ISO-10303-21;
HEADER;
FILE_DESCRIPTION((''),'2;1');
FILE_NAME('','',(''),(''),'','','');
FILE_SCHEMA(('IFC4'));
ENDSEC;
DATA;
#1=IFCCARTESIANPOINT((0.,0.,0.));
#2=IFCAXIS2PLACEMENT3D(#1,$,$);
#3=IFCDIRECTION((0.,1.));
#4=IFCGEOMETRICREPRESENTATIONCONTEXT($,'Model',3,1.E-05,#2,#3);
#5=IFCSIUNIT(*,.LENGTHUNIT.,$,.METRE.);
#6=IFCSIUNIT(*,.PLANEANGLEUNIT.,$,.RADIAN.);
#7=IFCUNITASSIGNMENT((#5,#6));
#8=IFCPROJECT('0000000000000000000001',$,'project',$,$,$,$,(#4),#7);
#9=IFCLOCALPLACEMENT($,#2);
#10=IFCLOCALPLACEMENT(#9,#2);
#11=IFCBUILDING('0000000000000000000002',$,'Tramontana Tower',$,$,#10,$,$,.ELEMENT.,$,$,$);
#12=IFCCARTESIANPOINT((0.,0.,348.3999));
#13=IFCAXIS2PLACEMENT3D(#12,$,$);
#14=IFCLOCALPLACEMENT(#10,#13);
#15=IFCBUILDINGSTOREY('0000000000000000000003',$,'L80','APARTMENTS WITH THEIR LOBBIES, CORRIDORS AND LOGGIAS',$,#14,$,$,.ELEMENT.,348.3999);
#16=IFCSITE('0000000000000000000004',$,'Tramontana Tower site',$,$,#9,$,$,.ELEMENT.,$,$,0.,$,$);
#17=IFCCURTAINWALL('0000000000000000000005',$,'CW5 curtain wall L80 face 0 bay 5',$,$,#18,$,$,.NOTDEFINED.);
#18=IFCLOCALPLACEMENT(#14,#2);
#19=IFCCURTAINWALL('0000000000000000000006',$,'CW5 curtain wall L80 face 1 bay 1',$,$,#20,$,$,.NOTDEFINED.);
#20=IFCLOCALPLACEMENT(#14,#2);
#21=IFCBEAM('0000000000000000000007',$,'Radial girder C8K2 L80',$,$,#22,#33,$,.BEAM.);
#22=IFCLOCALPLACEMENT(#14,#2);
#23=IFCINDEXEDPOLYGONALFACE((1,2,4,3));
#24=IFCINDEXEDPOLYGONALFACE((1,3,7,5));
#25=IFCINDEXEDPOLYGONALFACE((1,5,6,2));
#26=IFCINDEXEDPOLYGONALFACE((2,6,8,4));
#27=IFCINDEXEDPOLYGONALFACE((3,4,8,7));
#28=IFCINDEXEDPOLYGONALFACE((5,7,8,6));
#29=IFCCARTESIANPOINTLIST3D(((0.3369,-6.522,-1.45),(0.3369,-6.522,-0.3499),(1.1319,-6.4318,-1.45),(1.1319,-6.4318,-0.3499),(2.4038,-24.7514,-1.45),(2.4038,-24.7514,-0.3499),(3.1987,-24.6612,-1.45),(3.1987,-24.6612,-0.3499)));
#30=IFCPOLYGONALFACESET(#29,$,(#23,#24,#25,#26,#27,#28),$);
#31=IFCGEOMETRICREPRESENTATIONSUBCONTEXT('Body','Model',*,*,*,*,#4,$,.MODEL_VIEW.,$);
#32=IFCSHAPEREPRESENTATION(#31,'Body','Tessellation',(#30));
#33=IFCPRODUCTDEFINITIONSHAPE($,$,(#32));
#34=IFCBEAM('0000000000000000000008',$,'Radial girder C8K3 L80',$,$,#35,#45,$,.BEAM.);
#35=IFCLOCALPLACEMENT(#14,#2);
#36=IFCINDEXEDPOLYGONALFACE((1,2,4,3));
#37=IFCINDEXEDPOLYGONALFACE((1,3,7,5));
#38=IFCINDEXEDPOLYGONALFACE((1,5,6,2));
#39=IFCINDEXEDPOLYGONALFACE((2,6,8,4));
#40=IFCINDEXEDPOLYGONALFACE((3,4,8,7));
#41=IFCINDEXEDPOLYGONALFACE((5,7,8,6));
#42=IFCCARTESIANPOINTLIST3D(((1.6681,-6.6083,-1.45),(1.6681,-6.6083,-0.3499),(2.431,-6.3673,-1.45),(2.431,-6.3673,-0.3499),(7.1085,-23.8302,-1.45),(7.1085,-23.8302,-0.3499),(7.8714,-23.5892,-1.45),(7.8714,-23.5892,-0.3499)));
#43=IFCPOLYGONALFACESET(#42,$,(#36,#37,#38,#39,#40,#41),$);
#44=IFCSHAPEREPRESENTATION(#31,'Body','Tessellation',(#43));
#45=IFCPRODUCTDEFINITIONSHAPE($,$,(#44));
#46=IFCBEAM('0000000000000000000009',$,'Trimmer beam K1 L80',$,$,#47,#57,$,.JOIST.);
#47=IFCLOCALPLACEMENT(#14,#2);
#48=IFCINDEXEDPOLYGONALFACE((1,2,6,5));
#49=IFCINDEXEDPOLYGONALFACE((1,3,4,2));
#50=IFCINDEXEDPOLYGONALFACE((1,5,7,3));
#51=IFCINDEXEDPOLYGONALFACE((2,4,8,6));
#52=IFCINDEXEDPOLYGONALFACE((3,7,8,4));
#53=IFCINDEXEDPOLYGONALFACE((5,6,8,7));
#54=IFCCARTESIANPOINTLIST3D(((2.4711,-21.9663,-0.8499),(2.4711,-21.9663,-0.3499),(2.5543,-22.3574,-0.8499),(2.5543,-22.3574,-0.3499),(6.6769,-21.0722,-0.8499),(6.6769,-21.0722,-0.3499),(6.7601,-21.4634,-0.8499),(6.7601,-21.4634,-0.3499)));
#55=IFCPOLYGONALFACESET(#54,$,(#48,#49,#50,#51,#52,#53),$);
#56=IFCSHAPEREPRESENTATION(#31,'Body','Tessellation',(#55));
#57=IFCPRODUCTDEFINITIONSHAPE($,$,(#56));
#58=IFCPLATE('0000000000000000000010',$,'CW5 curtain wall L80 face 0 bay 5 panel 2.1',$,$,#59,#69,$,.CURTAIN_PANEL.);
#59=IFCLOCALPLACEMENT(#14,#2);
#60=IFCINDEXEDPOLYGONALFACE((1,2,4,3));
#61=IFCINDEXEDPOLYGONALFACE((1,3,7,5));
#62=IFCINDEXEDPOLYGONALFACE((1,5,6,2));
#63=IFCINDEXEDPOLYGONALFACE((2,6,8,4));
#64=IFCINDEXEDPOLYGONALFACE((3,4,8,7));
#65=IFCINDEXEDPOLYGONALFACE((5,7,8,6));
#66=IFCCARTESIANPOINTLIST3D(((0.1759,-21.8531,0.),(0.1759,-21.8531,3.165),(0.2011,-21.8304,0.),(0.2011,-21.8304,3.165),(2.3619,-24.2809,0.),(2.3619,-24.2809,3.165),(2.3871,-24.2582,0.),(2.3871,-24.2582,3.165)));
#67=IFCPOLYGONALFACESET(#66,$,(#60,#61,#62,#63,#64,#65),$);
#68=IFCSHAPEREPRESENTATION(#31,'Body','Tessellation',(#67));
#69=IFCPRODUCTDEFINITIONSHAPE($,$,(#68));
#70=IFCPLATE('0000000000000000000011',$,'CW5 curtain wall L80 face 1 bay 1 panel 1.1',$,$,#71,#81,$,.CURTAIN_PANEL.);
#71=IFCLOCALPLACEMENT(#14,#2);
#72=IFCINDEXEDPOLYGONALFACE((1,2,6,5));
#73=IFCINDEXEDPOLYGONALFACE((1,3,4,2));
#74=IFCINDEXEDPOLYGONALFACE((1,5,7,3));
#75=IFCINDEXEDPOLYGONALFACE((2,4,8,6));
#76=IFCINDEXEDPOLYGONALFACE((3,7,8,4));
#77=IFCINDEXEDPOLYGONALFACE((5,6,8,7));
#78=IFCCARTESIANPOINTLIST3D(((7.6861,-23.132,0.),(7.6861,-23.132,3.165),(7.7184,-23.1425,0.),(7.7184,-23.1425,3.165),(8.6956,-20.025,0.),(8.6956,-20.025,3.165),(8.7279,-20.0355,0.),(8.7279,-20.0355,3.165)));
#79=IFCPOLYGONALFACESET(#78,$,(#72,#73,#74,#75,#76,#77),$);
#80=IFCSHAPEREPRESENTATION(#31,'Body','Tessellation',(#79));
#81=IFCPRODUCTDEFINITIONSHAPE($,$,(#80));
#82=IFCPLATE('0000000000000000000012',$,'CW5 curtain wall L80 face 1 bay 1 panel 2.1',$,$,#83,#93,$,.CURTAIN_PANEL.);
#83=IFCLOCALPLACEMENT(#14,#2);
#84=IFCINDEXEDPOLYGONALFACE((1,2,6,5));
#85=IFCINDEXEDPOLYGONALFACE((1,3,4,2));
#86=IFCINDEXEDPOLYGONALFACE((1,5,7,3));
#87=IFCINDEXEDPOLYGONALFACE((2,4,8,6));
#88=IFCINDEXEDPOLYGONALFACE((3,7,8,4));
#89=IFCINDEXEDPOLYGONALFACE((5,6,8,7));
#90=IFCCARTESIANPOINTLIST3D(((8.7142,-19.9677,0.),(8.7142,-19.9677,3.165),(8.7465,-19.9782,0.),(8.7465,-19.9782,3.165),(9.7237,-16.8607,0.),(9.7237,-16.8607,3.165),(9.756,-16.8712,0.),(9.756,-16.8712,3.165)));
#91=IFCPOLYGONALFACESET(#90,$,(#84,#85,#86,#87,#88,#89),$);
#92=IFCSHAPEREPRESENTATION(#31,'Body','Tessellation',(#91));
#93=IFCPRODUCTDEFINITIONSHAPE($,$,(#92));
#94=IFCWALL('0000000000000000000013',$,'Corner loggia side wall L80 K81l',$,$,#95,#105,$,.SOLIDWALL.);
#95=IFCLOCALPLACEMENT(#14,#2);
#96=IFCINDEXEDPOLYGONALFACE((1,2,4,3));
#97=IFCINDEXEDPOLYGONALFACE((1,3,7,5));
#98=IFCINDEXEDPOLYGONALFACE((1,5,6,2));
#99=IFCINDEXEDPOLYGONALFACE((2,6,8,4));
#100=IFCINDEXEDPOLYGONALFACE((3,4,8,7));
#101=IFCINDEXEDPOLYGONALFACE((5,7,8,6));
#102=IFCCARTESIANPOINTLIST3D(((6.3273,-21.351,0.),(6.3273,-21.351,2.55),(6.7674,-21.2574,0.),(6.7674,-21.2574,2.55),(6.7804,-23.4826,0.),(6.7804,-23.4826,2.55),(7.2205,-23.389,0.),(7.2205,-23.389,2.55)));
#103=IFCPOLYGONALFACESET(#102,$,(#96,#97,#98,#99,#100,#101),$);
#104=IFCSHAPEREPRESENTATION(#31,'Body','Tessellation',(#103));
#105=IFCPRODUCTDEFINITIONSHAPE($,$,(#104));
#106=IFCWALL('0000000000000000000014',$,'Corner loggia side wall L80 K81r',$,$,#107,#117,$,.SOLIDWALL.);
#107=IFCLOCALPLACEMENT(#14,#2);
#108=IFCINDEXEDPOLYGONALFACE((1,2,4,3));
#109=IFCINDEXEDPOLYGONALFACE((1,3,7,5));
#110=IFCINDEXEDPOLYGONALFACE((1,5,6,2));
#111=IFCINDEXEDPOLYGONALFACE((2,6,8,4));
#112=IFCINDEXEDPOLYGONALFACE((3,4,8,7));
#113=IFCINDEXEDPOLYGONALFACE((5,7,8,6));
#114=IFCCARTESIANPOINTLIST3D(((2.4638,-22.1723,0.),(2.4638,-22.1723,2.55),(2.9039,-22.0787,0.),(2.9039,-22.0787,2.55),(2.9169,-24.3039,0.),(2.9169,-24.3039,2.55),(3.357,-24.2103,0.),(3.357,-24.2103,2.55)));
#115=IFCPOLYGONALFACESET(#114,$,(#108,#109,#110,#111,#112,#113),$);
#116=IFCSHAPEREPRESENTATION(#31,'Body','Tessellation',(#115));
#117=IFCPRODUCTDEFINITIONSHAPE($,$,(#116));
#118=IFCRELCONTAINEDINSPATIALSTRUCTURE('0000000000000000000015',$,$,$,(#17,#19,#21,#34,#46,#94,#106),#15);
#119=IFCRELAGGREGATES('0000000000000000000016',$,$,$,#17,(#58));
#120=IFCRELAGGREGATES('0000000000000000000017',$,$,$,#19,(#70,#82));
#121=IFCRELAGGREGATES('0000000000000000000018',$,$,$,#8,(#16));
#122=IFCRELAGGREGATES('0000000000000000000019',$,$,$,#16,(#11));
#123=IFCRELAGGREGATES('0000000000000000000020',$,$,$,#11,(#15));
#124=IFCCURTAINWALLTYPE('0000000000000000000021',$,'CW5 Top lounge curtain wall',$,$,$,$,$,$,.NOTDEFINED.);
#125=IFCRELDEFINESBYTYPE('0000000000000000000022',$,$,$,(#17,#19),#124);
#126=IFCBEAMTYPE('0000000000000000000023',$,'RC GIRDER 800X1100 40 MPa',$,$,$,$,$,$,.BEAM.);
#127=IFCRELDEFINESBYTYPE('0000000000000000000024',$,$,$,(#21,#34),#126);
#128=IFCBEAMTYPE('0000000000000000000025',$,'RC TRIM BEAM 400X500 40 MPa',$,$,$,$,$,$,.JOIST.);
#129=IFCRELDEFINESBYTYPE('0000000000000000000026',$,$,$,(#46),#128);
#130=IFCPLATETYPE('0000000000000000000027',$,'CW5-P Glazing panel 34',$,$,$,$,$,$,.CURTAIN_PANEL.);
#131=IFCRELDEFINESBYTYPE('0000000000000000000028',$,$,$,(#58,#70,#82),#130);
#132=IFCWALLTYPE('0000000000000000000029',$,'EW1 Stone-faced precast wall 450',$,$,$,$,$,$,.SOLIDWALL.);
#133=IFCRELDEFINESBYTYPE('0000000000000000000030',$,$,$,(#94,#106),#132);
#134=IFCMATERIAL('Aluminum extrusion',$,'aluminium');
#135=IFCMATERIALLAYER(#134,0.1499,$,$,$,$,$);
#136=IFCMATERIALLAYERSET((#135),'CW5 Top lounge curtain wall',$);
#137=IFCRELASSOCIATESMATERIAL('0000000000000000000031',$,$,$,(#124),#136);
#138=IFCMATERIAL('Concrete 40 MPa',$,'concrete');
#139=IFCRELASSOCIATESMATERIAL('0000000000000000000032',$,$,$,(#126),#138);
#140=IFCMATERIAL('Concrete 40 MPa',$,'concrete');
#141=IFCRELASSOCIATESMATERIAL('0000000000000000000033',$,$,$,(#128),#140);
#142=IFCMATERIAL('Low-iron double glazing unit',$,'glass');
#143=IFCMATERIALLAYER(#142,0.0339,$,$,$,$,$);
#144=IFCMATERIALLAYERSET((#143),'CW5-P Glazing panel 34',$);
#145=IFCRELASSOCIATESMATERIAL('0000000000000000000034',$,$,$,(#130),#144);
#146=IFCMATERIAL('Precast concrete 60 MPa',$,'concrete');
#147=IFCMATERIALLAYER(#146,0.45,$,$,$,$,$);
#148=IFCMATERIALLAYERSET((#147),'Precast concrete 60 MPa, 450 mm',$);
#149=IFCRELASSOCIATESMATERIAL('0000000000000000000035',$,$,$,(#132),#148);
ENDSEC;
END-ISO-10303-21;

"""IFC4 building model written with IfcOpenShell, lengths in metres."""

from ifc_helpers import new_model, si_unit, direction, frame, frame_2d, origin, origin_2d, place, context, subcontext, project, spatial, rectangle, extrude, material, layer, layer_set, material_profile, profile_set, type_object, element, aggregate, save


model = new_model("IFC4")

# Units and contexts
model_context = context("Model", 3, precision=1e-05, world=origin(), true_north=direction((0.0, 1.0)))
body_context = subcontext(model_context, "Body", "Model", "MODEL_VIEW")
ifc_project = project(units=[si_unit("LENGTHUNIT", "METRE"), si_unit("PLANEANGLEUNIT", "RADIAN")], contexts=[model_context])

# Site, building, storey
site_placement = place(None, origin())
site = spatial("IfcSite", under=ifc_project, at=site_placement, Name="Tramontana Tower site", CompositionType="ELEMENT", RefElevation=0.0)
building_placement = place(site_placement, origin())
building = spatial("IfcBuilding", under=site, at=building_placement, Name="Tramontana Tower", CompositionType="ELEMENT")
storey_placement = place(building_placement, frame((0.0, 0.0, 348.3999)))
storey = spatial("IfcBuildingStorey", under=building, at=storey_placement, Name="L80", Description="APARTMENTS WITH THEIR LOBBIES, CORRIDORS AND LOGGIAS", CompositionType="ELEMENT", Elevation=348.3999)

# Curtain wall
ifc_material_1 = material(Name="Aluminum extrusion", Category="aluminium")
ifc_layer_1 = layer(ifc_material_1, 0.1499)
ifc_layer_set_1 = layer_set([ifc_layer_1], Name="CW5 Top lounge curtain wall")
curtain_wall_type = type_object("IfcCurtainWallType", Name="CW5 Top lounge curtain wall", PredefinedType="NOTDEFINED", material=ifc_layer_set_1)
curtain_wall_1_placement = place(storey_placement, origin())
curtain_wall_1 = element("IfcCurtainWall", 1, at=curtain_wall_1_placement, inside=storey, type_object=curtain_wall_type, Name="CW5 curtain wall L80 face 0 bay 5", PredefinedType="NOTDEFINED")

# Curtain wall
curtain_wall_2_placement = place(storey_placement, origin())
curtain_wall_2 = element("IfcCurtainWall", 2, at=curtain_wall_2_placement, inside=storey, type_object=curtain_wall_type, Name="CW5 curtain wall L80 face 1 bay 1", PredefinedType="NOTDEFINED")

# Beams
ifc_material_2 = material(Name="Concrete 40 MPa", Category="concrete")
ifc_material_profile_1 = material_profile(ifc_material_2, rectangle(XDim=0.8, YDim=1.1001, at=origin_2d()), Name="RC GIRDER 800X1100 40 MPa")
ifc_profile_set_1 = profile_set([ifc_material_profile_1], Name="Concrete 40 MPa")
beam_type_1 = type_object("IfcBeamType", Name="RC GIRDER 800X1100 40 MPa", PredefinedType="BEAM", material=ifc_profile_set_1)
beam_1_placement = place(storey_placement, frame((2.8013, -24.7063, -0.8999), z_axis=(-0.11266, 0.993634, 0.0), x_axis=(-0.993634, -0.11266, 0.0)))
element("IfcBeam", 3, at=beam_1_placement, inside=storey, type_object=beam_type_1, Name="Radial girder C8K2 L80", PredefinedType="BEAM", context=body_context, shape_type="SweptSolid", body=[
    extrude(rectangle(XDim=0.8, YDim=1.1001, at=origin_2d()), origin(), (0.0, 0.0, 1.0), 18.3462),
])
beam_2_placement = place(storey_placement, frame((7.49, -23.7097, -0.8999), z_axis=(-0.301228, 0.953552, 0.0), x_axis=(-0.953552, -0.301228, 0.0)))
element("IfcBeam", 4, at=beam_2_placement, inside=storey, type_object=beam_type_1, Name="Radial girder C8K3 L80", PredefinedType="BEAM", context=body_context, shape_type="SweptSolid", body=[
    extrude(rectangle(XDim=0.8, YDim=1.1001, at=origin_2d()), origin(), (0.0, 0.0, 1.0), 18.0608),
])
ifc_material_3 = material(Name="Concrete 40 MPa", Category="concrete")
ifc_material_profile_2 = material_profile(ifc_material_3, rectangle(XDim=0.3999, YDim=0.5, at=origin_2d()), Name="RC TRIM BEAM 400X500 40 MPa")
ifc_profile_set_2 = profile_set([ifc_material_profile_2], Name="Concrete 40 MPa")
beam_type_2 = type_object("IfcBeamType", Name="RC TRIM BEAM 400X500 40 MPa", PredefinedType="JOIST", material=ifc_profile_set_2)
beam_3_placement = place(storey_placement, frame((2.5127, -22.1619, -0.5999), z_axis=(0.978144, 0.207927, 0.0), x_axis=(-0.207927, 0.978144, 0.0)))
element("IfcBeam", 5, at=beam_3_placement, inside=storey, type_object=beam_type_2, Name="Trimmer beam K1 L80", PredefinedType="JOIST", context=body_context, shape_type="SweptSolid", body=[
    extrude(rectangle(XDim=0.3999, YDim=0.5, at=origin_2d()), origin(), (0.0, 0.0, 1.0), 4.2998),
])

# Plates
ifc_material_4 = material(Name="Low-iron double glazing unit", Category="glass")
ifc_layer_2 = layer(ifc_material_4, 0.0339)
ifc_layer_set_2 = layer_set([ifc_layer_2], Name="CW5-P Glazing panel 34")
plate_type = type_object("IfcPlateType", Name="CW5-P Glazing panel 34", PredefinedType="CURTAIN_PANEL", material=ifc_layer_set_2)
plate_1_placement = place(storey_placement, frame((1.2815, -23.0557, 0.0), z_axis=(0.0, 0.0, 1.0), x_axis=(0.669131, -0.743145, 0.0)))
plate_1 = element("IfcPlate", 6, at=plate_1_placement, type_object=plate_type, Name="CW5 curtain wall L80 face 0 bay 5 panel 2.1", PredefinedType="CURTAIN_PANEL", context=body_context, shape_type="SweptSolid", body=[
    extrude(rectangle(XDim=3.2668, YDim=0.0339, at=origin_2d()), origin(), (0.0, 0.0, 1.0), 3.165),
])
aggregate(curtain_wall_1, [plate_1])
plate_2_placement = place(storey_placement, frame((8.207, -21.5837, 0.0), z_axis=(0.0, 0.0, 1.0), x_axis=(0.309017, 0.951057, 0.0)))
plate_2 = element("IfcPlate", 7, at=plate_2_placement, type_object=plate_type, Name="CW5 curtain wall L80 face 1 bay 1 panel 1.1", PredefinedType="CURTAIN_PANEL", context=body_context, shape_type="SweptSolid", body=[
    extrude(rectangle(XDim=3.2668, YDim=0.0339, at=origin_2d()), origin(), (0.0, 0.0, 1.0), 3.165),
])
plate_3_placement = place(storey_placement, frame((9.2351, -18.4194, 0.0), z_axis=(0.0, 0.0, 1.0), x_axis=(0.309017, 0.951057, 0.0)))
plate_3 = element("IfcPlate", 8, at=plate_3_placement, type_object=plate_type, Name="CW5 curtain wall L80 face 1 bay 1 panel 2.1", PredefinedType="CURTAIN_PANEL", context=body_context, shape_type="SweptSolid", body=[
    extrude(rectangle(XDim=3.2668, YDim=0.0339, at=origin_2d()), origin(), (0.0, 0.0, 1.0), 3.165),
])
aggregate(curtain_wall_2, [plate_2, plate_3])

# Walls
ifc_material_5 = material(Name="Precast concrete 60 MPa", Category="concrete")
ifc_layer_3 = layer(ifc_material_5, 0.45)
ifc_layer_set_3 = layer_set([ifc_layer_3], Name="Precast concrete 60 MPa, 450 mm")
wall_type_1 = type_object("IfcWallType", Name="EW1 Stone-faced precast wall 450", PredefinedType="SOLIDWALL", material=ifc_layer_set_3)
for number, where, z_axis, x_axis, name in (
    (9, (7.0005, -23.4358, 0.0), (0.0, 0.0, 1.0), (-0.20793, 0.978144, 0.0), "Corner loggia side wall L80 K81l"),
    (10, (3.137, -24.2571, 0.0), (0.0, 0.0, 1.0), (-0.20793, 0.978144, 0.0), "Corner loggia side wall L80 K81r"),
):
    element("IfcWall", number, at=place(storey_placement, frame(where, z_axis=z_axis, x_axis=x_axis)), inside=storey, type_object=wall_type_1, Name=name, PredefinedType="SOLIDWALL", context=body_context, shape_type="SweptSolid", body=[
        extrude(rectangle(XDim=2.1792, YDim=0.45, at=frame_2d((1.0896, 0.0))), origin(), (0.0, 0.0, 1.0), 2.55),
    ])

save(model, "model.ifc")
